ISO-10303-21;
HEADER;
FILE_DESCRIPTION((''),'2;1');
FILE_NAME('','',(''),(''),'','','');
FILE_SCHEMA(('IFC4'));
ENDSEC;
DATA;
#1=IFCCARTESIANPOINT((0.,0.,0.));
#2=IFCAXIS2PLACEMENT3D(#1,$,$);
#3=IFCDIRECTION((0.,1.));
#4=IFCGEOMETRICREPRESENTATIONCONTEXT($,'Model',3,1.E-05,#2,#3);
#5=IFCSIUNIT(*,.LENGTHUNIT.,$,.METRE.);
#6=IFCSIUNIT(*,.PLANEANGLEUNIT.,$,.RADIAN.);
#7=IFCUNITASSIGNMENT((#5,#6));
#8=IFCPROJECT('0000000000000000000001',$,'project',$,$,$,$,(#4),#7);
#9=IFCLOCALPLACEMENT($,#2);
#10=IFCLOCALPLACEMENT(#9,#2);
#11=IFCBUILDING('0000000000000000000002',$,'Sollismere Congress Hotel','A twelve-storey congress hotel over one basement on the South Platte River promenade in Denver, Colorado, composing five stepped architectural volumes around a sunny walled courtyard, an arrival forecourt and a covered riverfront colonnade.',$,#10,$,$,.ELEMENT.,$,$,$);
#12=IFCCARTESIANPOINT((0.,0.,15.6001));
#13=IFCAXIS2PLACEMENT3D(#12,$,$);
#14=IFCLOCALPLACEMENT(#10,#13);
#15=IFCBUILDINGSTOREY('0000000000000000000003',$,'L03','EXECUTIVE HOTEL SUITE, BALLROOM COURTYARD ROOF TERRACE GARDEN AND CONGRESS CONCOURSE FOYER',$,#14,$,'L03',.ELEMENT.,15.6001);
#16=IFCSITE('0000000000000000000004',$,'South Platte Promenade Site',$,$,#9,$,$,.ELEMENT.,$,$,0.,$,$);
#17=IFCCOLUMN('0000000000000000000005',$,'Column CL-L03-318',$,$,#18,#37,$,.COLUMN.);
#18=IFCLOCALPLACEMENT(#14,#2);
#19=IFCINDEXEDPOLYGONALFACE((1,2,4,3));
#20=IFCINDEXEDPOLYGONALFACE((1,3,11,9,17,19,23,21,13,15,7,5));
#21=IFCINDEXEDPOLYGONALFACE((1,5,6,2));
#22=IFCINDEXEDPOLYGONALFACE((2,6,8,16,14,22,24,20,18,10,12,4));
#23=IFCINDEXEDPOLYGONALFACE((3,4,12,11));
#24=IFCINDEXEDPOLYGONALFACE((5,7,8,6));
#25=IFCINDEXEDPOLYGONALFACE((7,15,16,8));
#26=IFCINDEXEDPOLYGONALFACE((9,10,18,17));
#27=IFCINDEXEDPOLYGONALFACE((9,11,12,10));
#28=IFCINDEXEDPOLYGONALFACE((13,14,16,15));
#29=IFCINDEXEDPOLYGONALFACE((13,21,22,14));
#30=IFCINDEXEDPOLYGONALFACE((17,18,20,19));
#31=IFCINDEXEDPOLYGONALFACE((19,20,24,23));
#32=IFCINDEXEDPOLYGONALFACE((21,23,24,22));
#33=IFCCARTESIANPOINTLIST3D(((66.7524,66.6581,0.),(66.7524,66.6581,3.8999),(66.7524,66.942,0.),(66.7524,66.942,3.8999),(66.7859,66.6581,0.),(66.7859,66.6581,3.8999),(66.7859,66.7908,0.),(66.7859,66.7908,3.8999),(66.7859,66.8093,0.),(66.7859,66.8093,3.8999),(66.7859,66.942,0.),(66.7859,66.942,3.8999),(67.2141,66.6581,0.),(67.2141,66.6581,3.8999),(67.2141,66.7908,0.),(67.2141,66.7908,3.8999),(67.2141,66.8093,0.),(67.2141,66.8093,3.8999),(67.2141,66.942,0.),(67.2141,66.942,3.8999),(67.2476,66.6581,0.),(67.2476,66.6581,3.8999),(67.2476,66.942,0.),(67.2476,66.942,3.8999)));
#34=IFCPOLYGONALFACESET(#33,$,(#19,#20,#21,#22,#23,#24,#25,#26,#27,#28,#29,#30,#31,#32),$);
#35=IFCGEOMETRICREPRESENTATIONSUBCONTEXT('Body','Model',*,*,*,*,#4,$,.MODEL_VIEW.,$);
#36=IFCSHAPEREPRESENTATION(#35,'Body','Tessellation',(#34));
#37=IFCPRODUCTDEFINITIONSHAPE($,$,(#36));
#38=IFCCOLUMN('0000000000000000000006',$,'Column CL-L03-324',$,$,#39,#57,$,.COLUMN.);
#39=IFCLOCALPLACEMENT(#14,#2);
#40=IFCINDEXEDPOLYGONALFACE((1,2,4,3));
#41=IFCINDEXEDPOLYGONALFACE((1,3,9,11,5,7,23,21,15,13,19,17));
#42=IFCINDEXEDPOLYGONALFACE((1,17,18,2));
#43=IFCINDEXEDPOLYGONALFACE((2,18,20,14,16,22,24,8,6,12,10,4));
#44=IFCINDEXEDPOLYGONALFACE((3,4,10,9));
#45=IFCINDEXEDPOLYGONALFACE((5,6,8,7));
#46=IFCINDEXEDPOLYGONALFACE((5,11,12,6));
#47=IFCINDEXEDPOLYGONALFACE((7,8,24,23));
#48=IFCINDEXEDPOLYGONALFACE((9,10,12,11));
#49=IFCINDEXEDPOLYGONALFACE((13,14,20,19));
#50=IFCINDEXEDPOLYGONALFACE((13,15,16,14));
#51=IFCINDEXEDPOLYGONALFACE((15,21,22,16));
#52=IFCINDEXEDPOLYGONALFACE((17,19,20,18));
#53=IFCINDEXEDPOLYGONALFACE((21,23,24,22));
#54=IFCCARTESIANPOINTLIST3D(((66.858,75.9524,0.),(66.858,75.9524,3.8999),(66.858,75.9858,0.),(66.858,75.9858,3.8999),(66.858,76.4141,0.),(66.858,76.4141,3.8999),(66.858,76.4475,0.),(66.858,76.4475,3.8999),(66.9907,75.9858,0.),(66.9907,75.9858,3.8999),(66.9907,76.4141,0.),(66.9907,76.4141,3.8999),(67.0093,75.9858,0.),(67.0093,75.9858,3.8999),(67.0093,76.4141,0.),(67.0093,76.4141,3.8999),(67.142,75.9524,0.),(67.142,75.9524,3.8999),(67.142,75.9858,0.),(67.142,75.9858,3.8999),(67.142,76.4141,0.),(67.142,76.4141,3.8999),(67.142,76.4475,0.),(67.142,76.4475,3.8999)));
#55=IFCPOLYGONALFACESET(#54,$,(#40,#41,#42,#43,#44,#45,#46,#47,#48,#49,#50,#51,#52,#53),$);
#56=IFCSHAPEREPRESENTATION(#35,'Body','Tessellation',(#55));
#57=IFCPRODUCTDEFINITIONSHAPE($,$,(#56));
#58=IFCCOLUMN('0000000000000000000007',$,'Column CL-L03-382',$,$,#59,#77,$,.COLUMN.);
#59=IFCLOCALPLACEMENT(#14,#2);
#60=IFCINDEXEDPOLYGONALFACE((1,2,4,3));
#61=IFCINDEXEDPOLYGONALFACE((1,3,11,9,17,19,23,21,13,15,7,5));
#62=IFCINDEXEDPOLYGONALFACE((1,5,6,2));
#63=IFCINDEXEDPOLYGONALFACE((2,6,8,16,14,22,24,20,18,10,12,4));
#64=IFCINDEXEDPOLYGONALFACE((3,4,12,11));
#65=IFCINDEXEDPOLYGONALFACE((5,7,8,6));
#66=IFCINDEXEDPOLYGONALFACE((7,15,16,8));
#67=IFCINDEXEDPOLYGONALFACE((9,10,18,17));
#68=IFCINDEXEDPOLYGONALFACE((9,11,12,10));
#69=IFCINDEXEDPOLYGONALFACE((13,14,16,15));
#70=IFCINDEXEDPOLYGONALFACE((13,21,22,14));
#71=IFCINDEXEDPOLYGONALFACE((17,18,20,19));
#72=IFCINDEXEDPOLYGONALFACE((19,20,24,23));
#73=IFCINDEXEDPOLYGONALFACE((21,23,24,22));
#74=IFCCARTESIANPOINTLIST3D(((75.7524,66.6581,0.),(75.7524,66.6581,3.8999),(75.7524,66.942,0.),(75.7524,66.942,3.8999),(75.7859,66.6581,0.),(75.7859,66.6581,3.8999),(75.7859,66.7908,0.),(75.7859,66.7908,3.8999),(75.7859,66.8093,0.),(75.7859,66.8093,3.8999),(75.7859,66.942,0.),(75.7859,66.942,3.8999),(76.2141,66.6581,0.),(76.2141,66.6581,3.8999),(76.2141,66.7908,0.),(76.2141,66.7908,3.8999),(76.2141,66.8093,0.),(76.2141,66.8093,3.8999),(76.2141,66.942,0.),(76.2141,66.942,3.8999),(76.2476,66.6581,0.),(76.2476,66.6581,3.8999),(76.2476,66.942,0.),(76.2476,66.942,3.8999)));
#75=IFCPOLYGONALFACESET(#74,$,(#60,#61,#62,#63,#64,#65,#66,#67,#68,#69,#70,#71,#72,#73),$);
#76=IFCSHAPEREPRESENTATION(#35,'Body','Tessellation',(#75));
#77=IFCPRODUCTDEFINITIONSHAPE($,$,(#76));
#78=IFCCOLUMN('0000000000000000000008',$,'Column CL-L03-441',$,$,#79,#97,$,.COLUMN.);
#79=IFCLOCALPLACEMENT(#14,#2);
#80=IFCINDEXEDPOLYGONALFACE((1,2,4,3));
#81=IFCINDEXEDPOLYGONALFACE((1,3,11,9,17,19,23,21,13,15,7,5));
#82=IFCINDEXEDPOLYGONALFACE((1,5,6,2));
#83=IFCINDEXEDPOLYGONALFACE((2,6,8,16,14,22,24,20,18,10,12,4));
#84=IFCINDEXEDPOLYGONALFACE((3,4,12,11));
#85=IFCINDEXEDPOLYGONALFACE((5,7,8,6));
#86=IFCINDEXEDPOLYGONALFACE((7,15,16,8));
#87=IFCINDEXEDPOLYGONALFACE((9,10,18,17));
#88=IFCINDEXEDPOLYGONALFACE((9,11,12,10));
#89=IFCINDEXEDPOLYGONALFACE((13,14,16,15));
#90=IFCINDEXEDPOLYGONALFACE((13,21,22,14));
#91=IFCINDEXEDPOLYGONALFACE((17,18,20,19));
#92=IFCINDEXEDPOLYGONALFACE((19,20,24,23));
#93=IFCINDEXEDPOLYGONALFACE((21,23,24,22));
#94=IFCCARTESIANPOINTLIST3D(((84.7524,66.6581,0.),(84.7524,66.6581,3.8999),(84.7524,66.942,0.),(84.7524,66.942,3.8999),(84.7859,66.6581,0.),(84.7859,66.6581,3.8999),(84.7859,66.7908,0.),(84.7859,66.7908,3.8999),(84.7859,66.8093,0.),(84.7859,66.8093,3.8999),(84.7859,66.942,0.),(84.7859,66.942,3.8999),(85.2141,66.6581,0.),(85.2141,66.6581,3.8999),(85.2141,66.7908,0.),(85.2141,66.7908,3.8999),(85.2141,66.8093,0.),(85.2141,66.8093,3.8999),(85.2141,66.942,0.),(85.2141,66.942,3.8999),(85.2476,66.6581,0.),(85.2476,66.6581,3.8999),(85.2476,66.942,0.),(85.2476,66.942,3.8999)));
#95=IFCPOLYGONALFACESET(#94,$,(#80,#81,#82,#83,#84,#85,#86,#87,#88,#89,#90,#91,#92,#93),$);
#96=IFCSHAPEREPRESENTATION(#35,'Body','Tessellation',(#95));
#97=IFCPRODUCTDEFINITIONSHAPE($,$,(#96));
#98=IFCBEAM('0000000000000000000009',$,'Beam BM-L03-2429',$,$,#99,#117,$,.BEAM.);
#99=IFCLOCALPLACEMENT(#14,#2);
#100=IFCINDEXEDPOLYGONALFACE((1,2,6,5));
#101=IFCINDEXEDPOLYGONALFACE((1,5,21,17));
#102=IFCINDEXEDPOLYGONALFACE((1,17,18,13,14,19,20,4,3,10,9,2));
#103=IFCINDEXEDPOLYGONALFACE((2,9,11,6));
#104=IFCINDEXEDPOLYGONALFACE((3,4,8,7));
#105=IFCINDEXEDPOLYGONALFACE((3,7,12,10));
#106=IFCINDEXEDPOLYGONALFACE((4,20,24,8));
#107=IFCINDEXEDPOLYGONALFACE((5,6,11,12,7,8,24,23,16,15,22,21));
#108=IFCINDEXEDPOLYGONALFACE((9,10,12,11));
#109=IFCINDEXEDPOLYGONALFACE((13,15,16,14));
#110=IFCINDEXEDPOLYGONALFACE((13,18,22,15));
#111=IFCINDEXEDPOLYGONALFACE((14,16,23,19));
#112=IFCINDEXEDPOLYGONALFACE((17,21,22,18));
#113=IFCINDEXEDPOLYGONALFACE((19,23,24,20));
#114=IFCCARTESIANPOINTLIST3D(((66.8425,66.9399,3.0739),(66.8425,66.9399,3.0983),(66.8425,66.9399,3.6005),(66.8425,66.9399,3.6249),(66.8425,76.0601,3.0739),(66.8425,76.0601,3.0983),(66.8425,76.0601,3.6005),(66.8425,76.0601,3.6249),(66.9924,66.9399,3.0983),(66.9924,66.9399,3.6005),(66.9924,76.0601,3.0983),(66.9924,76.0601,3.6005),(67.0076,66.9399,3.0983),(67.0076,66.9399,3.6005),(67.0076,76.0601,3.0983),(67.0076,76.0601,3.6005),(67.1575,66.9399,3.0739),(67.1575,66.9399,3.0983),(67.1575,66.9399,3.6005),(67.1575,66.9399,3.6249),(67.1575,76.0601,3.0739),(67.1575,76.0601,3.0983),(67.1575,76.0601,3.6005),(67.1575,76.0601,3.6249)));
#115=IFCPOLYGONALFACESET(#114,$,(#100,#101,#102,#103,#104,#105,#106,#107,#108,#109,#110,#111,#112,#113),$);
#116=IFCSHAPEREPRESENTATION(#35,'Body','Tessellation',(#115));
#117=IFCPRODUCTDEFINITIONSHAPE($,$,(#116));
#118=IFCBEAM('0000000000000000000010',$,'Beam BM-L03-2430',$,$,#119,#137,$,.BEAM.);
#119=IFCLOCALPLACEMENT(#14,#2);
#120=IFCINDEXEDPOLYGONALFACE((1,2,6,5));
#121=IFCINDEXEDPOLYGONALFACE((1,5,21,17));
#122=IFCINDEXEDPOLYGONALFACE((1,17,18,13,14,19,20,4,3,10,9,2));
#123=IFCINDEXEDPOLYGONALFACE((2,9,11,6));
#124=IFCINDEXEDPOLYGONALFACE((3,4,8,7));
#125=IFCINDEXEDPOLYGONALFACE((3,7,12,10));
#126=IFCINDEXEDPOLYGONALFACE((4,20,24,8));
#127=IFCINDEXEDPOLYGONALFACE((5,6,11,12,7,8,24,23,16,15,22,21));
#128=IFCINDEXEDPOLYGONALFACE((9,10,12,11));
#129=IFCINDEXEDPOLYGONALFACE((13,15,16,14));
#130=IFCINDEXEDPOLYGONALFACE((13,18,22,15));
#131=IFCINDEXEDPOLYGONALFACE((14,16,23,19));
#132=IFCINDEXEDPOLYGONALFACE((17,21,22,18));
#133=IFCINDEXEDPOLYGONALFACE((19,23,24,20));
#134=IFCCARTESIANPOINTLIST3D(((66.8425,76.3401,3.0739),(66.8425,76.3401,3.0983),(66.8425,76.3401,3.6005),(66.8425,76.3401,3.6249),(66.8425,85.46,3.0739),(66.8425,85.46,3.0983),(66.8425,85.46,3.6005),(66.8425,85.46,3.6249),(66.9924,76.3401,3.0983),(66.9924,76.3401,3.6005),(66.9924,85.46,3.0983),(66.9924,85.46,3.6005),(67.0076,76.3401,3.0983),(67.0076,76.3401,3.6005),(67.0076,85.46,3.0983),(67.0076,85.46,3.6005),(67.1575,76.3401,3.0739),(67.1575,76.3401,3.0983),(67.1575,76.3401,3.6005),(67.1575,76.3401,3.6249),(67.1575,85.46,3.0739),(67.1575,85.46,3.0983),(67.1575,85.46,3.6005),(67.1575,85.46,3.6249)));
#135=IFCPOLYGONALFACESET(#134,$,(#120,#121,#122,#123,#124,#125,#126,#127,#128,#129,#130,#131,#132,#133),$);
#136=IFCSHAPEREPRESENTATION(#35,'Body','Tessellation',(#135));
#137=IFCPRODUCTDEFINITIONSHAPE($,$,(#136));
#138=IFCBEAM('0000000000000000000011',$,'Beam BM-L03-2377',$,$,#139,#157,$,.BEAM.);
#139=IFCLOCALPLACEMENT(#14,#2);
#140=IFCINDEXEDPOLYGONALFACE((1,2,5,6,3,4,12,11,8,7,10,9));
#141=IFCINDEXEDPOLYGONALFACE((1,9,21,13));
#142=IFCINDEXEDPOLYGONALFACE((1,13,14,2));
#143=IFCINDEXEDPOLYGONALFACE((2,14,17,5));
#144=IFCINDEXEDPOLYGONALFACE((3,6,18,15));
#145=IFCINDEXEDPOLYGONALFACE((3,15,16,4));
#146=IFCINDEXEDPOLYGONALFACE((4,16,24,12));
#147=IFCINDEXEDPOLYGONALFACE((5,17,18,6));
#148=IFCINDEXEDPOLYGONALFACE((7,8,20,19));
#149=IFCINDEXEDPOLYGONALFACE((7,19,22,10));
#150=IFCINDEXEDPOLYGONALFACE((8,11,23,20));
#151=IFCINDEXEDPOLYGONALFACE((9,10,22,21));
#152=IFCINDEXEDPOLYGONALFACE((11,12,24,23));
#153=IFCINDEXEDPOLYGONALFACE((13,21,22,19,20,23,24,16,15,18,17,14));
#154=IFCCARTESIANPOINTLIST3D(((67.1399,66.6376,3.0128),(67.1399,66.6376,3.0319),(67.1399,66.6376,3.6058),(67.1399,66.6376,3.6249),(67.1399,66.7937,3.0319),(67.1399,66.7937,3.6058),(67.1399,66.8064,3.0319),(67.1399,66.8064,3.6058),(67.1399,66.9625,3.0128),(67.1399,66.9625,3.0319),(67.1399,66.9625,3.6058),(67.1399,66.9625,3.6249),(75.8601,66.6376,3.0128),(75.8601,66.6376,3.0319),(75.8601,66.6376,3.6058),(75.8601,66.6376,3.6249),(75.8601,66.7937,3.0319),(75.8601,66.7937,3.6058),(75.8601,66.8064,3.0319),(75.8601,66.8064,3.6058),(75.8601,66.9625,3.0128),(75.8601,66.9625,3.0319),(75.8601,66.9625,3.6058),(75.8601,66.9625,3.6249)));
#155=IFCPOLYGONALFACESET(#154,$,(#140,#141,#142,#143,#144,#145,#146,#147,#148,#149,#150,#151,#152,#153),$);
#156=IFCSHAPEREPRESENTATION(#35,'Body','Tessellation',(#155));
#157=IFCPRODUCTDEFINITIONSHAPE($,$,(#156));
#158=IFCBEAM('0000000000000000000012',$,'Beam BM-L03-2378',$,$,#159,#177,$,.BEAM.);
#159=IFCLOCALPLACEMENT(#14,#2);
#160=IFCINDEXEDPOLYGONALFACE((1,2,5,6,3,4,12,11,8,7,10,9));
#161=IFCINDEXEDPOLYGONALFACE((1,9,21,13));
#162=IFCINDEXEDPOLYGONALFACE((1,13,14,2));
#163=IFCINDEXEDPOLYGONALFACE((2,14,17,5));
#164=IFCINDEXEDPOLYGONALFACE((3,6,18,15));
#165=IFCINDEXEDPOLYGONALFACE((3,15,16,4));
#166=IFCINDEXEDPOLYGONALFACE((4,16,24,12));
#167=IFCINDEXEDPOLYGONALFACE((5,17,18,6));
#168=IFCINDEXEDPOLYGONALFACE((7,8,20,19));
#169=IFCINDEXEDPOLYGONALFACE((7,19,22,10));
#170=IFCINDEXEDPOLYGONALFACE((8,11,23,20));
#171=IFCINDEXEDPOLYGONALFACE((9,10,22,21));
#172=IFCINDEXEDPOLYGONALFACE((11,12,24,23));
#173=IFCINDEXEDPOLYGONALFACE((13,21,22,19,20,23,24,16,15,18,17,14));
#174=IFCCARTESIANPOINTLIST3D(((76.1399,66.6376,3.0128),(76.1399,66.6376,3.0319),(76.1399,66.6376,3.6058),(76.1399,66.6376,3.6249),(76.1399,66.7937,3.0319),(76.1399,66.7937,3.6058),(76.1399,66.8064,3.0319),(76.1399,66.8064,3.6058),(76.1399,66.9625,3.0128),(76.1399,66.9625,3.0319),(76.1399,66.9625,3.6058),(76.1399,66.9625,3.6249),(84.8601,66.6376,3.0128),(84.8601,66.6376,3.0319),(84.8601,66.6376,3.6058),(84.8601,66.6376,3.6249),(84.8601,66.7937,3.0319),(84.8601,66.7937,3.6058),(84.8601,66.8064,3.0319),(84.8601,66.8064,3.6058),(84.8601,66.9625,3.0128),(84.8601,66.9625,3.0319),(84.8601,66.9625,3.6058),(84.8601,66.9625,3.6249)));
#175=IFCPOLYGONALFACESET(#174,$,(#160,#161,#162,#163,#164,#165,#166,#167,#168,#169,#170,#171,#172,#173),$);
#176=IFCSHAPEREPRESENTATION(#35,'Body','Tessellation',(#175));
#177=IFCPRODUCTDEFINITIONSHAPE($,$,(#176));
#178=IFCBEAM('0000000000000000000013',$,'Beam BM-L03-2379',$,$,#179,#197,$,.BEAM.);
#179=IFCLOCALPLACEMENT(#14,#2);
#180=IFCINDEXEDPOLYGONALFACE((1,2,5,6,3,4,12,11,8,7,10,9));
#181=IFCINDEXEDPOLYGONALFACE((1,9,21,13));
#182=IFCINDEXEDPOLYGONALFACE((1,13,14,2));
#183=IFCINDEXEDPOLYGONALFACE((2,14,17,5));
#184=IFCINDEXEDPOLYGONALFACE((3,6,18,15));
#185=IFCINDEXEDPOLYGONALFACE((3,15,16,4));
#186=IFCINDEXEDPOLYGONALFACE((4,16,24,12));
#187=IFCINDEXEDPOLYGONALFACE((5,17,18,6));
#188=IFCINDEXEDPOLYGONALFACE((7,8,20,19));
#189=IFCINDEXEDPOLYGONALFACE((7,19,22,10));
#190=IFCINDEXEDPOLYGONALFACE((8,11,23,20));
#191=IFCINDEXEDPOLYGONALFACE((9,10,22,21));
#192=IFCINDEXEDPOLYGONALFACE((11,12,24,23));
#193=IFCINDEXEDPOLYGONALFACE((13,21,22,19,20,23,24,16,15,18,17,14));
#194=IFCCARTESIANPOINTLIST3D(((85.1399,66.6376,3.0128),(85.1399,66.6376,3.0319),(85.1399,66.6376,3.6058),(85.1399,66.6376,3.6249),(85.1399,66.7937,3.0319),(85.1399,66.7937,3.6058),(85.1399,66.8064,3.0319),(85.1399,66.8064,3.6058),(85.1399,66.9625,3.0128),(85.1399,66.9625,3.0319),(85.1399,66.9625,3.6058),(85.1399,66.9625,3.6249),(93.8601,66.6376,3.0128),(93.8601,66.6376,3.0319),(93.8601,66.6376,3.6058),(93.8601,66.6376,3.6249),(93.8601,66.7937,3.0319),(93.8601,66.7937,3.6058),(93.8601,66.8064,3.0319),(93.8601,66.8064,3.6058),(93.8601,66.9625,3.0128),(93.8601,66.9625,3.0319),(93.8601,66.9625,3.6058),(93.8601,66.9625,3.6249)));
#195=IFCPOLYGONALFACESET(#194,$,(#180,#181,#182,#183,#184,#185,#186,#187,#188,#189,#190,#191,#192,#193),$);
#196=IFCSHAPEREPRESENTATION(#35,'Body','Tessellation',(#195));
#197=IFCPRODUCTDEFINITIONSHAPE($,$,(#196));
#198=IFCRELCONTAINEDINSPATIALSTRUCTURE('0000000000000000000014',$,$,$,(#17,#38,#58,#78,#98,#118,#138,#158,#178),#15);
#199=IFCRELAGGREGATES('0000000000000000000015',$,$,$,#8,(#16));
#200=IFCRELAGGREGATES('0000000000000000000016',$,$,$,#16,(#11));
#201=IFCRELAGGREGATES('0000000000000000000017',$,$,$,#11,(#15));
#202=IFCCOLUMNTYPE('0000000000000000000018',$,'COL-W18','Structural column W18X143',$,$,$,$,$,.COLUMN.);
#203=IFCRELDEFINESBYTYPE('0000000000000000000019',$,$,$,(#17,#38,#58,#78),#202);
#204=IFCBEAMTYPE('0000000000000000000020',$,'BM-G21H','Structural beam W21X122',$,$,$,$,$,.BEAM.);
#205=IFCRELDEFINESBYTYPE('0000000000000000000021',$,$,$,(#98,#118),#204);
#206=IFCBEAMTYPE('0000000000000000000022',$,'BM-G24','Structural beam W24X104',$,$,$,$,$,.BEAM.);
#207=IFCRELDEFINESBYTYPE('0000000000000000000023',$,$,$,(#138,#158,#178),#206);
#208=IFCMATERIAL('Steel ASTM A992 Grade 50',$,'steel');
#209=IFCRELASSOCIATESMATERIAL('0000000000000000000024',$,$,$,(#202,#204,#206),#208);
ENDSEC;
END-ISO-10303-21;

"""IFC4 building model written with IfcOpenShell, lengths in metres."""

from ifc_helpers import new_model, si_unit, direction, frame, origin, origin_2d, place, context, subcontext, project, spatial, i_section, extrude, material, material_profile, profile_set, type_object, element, save


model = new_model("IFC4")

# Units and contexts
model_context = context("Model", 3, precision=1e-05, world=origin(), true_north=direction((0.0, 1.0)))
body_context = subcontext(model_context, "Body", "Model", "MODEL_VIEW")
ifc_project = project(units=[si_unit("LENGTHUNIT", "METRE"), si_unit("PLANEANGLEUNIT", "RADIAN")], contexts=[model_context])

# Site, building, storey
site_placement = place(None, origin())
site = spatial("IfcSite", under=ifc_project, at=site_placement, Name="South Platte Promenade Site", CompositionType="ELEMENT", RefElevation=0.0)
building_placement = place(site_placement, origin())
building = spatial("IfcBuilding", under=site, at=building_placement, Name="Sollismere Congress Hotel", Description="A twelve-storey congress hotel over one basement on the South Platte River promenade in Denver, Colorado, composing five stepped architectural volumes around a sunny walled courtyard, an arrival forecourt and a covered riverfront colonnade.", CompositionType="ELEMENT")
storey_placement = place(building_placement, frame((0.0, 0.0, 15.6001)))
storey = spatial("IfcBuildingStorey", under=building, at=storey_placement, Name="L03", Description="EXECUTIVE HOTEL SUITE, BALLROOM COURTYARD ROOF TERRACE GARDEN AND CONGRESS CONCOURSE FOYER", LongName="L03", CompositionType="ELEMENT", Elevation=15.6001)

# Columns
ifc_material_1 = material(Name="Steel ASTM A992 Grade 50", Category="steel")
ifc_material_profile_1 = material_profile(ifc_material_1, i_section(OverallWidth=0.2839, OverallDepth=0.4951, WebThickness=0.0186, FlangeThickness=0.0334, at=origin_2d()), Name="W18X143")
ifc_profile_set_1 = profile_set([ifc_material_profile_1], Name="Steel ASTM A992 Grade 50")
column_type = type_object("IfcColumnType", Name="COL-W18", Description="Structural column W18X143", PredefinedType="COLUMN", material=ifc_profile_set_1)
for number, where, z_axis, x_axis, name in (
    (1, (67.0, 66.8, 0.0), (0.0, 0.0, 1.0), (0.0, 1.0, 0.0), "Column CL-L03-318"),
    (2, (67.0, 76.2, 0.0), (0.0, 0.0, 1.0), (1.0, 0.0, 0.0), "Column CL-L03-324"),
    (3, (76.0, 66.8, 0.0), (0.0, 0.0, 1.0), (0.0, 1.0, 0.0), "Column CL-L03-382"),
    (4, (85.0, 66.8, 0.0), (0.0, 0.0, 1.0), (0.0, 1.0, 0.0), "Column CL-L03-441"),
):
    element("IfcColumn", number, at=place(storey_placement, frame(where, z_axis=z_axis, x_axis=x_axis)), inside=storey, type_object=column_type, Name=name, PredefinedType="COLUMN", context=body_context, shape_type="SweptSolid", body=[
        extrude(i_section(OverallWidth=0.2839, OverallDepth=0.4951, WebThickness=0.0186, FlangeThickness=0.0334, at=origin_2d()), origin(), (0.0, 0.0, 1.0), 3.8999),
    ])

# Beams
ifc_material_profile_2 = material_profile(ifc_material_1, i_section(OverallWidth=0.3149, OverallDepth=0.551, WebThickness=0.0151, FlangeThickness=0.0244, at=origin_2d()), Name="W21X122")
ifc_profile_set_2 = profile_set([ifc_material_profile_2], Name="Steel ASTM A992 Grade 50")
beam_type_1 = type_object("IfcBeamType", Name="BM-G21H", Description="Structural beam W21X122", PredefinedType="BEAM", material=ifc_profile_set_2)
beam_1_placement = place(storey_placement, frame((67.0, 66.9399, 3.3494), z_axis=(0.0, 1.0, 0.0), x_axis=(-1.0, 0.0, 0.0)))
element("IfcBeam", 5, at=beam_1_placement, inside=storey, type_object=beam_type_1, Name="Beam BM-L03-2429", PredefinedType="BEAM", context=body_context, shape_type="SweptSolid", body=[
    extrude(i_section(OverallWidth=0.3149, OverallDepth=0.551, WebThickness=0.0151, FlangeThickness=0.0244, at=origin_2d()), origin(), (0.0, 0.0, 1.0), 9.1201),
])
beam_2_placement = place(storey_placement, frame((67.0, 76.3401, 3.3494), z_axis=(0.0, 1.0, 0.0), x_axis=(-1.0, 0.0, 0.0)))
element("IfcBeam", 6, at=beam_2_placement, inside=storey, type_object=beam_type_1, Name="Beam BM-L03-2430", PredefinedType="BEAM", context=body_context, shape_type="SweptSolid", body=[
    extrude(i_section(OverallWidth=0.3149, OverallDepth=0.551, WebThickness=0.0151, FlangeThickness=0.0244, at=origin_2d()), origin(), (0.0, 0.0, 1.0), 9.1199),
])
ifc_material_profile_3 = material_profile(ifc_material_1, i_section(OverallWidth=0.325, OverallDepth=0.6121, WebThickness=0.0127, FlangeThickness=0.019, at=origin_2d()), Name="W24X104")
ifc_profile_set_3 = profile_set([ifc_material_profile_3], Name="Steel ASTM A992 Grade 50")
beam_type_2 = type_object("IfcBeamType", Name="BM-G24", Description="Structural beam W24X104", PredefinedType="BEAM", material=ifc_profile_set_3)
for number, where, z_axis, x_axis, name in (
    (7, (67.1399, 66.8, 3.3188), (1.0, 0.0, 0.0), (0.0, 1.0, 0.0), "Beam BM-L03-2377"),
    (8, (76.1399, 66.8, 3.3188), (1.0, 0.0, 0.0), (0.0, 1.0, 0.0), "Beam BM-L03-2378"),
    (9, (85.1399, 66.8, 3.3188), (1.0, 0.0, 0.0), (0.0, 1.0, 0.0), "Beam BM-L03-2379"),
):
    element("IfcBeam", number, at=place(storey_placement, frame(where, z_axis=z_axis, x_axis=x_axis)), inside=storey, type_object=beam_type_2, Name=name, PredefinedType="BEAM", context=body_context, shape_type="SweptSolid", body=[
        extrude(i_section(OverallWidth=0.325, OverallDepth=0.6121, WebThickness=0.0127, FlangeThickness=0.019, at=origin_2d()), origin(), (0.0, 0.0, 1.0), 8.7202),
    ])

save(model, "model.ifc")
